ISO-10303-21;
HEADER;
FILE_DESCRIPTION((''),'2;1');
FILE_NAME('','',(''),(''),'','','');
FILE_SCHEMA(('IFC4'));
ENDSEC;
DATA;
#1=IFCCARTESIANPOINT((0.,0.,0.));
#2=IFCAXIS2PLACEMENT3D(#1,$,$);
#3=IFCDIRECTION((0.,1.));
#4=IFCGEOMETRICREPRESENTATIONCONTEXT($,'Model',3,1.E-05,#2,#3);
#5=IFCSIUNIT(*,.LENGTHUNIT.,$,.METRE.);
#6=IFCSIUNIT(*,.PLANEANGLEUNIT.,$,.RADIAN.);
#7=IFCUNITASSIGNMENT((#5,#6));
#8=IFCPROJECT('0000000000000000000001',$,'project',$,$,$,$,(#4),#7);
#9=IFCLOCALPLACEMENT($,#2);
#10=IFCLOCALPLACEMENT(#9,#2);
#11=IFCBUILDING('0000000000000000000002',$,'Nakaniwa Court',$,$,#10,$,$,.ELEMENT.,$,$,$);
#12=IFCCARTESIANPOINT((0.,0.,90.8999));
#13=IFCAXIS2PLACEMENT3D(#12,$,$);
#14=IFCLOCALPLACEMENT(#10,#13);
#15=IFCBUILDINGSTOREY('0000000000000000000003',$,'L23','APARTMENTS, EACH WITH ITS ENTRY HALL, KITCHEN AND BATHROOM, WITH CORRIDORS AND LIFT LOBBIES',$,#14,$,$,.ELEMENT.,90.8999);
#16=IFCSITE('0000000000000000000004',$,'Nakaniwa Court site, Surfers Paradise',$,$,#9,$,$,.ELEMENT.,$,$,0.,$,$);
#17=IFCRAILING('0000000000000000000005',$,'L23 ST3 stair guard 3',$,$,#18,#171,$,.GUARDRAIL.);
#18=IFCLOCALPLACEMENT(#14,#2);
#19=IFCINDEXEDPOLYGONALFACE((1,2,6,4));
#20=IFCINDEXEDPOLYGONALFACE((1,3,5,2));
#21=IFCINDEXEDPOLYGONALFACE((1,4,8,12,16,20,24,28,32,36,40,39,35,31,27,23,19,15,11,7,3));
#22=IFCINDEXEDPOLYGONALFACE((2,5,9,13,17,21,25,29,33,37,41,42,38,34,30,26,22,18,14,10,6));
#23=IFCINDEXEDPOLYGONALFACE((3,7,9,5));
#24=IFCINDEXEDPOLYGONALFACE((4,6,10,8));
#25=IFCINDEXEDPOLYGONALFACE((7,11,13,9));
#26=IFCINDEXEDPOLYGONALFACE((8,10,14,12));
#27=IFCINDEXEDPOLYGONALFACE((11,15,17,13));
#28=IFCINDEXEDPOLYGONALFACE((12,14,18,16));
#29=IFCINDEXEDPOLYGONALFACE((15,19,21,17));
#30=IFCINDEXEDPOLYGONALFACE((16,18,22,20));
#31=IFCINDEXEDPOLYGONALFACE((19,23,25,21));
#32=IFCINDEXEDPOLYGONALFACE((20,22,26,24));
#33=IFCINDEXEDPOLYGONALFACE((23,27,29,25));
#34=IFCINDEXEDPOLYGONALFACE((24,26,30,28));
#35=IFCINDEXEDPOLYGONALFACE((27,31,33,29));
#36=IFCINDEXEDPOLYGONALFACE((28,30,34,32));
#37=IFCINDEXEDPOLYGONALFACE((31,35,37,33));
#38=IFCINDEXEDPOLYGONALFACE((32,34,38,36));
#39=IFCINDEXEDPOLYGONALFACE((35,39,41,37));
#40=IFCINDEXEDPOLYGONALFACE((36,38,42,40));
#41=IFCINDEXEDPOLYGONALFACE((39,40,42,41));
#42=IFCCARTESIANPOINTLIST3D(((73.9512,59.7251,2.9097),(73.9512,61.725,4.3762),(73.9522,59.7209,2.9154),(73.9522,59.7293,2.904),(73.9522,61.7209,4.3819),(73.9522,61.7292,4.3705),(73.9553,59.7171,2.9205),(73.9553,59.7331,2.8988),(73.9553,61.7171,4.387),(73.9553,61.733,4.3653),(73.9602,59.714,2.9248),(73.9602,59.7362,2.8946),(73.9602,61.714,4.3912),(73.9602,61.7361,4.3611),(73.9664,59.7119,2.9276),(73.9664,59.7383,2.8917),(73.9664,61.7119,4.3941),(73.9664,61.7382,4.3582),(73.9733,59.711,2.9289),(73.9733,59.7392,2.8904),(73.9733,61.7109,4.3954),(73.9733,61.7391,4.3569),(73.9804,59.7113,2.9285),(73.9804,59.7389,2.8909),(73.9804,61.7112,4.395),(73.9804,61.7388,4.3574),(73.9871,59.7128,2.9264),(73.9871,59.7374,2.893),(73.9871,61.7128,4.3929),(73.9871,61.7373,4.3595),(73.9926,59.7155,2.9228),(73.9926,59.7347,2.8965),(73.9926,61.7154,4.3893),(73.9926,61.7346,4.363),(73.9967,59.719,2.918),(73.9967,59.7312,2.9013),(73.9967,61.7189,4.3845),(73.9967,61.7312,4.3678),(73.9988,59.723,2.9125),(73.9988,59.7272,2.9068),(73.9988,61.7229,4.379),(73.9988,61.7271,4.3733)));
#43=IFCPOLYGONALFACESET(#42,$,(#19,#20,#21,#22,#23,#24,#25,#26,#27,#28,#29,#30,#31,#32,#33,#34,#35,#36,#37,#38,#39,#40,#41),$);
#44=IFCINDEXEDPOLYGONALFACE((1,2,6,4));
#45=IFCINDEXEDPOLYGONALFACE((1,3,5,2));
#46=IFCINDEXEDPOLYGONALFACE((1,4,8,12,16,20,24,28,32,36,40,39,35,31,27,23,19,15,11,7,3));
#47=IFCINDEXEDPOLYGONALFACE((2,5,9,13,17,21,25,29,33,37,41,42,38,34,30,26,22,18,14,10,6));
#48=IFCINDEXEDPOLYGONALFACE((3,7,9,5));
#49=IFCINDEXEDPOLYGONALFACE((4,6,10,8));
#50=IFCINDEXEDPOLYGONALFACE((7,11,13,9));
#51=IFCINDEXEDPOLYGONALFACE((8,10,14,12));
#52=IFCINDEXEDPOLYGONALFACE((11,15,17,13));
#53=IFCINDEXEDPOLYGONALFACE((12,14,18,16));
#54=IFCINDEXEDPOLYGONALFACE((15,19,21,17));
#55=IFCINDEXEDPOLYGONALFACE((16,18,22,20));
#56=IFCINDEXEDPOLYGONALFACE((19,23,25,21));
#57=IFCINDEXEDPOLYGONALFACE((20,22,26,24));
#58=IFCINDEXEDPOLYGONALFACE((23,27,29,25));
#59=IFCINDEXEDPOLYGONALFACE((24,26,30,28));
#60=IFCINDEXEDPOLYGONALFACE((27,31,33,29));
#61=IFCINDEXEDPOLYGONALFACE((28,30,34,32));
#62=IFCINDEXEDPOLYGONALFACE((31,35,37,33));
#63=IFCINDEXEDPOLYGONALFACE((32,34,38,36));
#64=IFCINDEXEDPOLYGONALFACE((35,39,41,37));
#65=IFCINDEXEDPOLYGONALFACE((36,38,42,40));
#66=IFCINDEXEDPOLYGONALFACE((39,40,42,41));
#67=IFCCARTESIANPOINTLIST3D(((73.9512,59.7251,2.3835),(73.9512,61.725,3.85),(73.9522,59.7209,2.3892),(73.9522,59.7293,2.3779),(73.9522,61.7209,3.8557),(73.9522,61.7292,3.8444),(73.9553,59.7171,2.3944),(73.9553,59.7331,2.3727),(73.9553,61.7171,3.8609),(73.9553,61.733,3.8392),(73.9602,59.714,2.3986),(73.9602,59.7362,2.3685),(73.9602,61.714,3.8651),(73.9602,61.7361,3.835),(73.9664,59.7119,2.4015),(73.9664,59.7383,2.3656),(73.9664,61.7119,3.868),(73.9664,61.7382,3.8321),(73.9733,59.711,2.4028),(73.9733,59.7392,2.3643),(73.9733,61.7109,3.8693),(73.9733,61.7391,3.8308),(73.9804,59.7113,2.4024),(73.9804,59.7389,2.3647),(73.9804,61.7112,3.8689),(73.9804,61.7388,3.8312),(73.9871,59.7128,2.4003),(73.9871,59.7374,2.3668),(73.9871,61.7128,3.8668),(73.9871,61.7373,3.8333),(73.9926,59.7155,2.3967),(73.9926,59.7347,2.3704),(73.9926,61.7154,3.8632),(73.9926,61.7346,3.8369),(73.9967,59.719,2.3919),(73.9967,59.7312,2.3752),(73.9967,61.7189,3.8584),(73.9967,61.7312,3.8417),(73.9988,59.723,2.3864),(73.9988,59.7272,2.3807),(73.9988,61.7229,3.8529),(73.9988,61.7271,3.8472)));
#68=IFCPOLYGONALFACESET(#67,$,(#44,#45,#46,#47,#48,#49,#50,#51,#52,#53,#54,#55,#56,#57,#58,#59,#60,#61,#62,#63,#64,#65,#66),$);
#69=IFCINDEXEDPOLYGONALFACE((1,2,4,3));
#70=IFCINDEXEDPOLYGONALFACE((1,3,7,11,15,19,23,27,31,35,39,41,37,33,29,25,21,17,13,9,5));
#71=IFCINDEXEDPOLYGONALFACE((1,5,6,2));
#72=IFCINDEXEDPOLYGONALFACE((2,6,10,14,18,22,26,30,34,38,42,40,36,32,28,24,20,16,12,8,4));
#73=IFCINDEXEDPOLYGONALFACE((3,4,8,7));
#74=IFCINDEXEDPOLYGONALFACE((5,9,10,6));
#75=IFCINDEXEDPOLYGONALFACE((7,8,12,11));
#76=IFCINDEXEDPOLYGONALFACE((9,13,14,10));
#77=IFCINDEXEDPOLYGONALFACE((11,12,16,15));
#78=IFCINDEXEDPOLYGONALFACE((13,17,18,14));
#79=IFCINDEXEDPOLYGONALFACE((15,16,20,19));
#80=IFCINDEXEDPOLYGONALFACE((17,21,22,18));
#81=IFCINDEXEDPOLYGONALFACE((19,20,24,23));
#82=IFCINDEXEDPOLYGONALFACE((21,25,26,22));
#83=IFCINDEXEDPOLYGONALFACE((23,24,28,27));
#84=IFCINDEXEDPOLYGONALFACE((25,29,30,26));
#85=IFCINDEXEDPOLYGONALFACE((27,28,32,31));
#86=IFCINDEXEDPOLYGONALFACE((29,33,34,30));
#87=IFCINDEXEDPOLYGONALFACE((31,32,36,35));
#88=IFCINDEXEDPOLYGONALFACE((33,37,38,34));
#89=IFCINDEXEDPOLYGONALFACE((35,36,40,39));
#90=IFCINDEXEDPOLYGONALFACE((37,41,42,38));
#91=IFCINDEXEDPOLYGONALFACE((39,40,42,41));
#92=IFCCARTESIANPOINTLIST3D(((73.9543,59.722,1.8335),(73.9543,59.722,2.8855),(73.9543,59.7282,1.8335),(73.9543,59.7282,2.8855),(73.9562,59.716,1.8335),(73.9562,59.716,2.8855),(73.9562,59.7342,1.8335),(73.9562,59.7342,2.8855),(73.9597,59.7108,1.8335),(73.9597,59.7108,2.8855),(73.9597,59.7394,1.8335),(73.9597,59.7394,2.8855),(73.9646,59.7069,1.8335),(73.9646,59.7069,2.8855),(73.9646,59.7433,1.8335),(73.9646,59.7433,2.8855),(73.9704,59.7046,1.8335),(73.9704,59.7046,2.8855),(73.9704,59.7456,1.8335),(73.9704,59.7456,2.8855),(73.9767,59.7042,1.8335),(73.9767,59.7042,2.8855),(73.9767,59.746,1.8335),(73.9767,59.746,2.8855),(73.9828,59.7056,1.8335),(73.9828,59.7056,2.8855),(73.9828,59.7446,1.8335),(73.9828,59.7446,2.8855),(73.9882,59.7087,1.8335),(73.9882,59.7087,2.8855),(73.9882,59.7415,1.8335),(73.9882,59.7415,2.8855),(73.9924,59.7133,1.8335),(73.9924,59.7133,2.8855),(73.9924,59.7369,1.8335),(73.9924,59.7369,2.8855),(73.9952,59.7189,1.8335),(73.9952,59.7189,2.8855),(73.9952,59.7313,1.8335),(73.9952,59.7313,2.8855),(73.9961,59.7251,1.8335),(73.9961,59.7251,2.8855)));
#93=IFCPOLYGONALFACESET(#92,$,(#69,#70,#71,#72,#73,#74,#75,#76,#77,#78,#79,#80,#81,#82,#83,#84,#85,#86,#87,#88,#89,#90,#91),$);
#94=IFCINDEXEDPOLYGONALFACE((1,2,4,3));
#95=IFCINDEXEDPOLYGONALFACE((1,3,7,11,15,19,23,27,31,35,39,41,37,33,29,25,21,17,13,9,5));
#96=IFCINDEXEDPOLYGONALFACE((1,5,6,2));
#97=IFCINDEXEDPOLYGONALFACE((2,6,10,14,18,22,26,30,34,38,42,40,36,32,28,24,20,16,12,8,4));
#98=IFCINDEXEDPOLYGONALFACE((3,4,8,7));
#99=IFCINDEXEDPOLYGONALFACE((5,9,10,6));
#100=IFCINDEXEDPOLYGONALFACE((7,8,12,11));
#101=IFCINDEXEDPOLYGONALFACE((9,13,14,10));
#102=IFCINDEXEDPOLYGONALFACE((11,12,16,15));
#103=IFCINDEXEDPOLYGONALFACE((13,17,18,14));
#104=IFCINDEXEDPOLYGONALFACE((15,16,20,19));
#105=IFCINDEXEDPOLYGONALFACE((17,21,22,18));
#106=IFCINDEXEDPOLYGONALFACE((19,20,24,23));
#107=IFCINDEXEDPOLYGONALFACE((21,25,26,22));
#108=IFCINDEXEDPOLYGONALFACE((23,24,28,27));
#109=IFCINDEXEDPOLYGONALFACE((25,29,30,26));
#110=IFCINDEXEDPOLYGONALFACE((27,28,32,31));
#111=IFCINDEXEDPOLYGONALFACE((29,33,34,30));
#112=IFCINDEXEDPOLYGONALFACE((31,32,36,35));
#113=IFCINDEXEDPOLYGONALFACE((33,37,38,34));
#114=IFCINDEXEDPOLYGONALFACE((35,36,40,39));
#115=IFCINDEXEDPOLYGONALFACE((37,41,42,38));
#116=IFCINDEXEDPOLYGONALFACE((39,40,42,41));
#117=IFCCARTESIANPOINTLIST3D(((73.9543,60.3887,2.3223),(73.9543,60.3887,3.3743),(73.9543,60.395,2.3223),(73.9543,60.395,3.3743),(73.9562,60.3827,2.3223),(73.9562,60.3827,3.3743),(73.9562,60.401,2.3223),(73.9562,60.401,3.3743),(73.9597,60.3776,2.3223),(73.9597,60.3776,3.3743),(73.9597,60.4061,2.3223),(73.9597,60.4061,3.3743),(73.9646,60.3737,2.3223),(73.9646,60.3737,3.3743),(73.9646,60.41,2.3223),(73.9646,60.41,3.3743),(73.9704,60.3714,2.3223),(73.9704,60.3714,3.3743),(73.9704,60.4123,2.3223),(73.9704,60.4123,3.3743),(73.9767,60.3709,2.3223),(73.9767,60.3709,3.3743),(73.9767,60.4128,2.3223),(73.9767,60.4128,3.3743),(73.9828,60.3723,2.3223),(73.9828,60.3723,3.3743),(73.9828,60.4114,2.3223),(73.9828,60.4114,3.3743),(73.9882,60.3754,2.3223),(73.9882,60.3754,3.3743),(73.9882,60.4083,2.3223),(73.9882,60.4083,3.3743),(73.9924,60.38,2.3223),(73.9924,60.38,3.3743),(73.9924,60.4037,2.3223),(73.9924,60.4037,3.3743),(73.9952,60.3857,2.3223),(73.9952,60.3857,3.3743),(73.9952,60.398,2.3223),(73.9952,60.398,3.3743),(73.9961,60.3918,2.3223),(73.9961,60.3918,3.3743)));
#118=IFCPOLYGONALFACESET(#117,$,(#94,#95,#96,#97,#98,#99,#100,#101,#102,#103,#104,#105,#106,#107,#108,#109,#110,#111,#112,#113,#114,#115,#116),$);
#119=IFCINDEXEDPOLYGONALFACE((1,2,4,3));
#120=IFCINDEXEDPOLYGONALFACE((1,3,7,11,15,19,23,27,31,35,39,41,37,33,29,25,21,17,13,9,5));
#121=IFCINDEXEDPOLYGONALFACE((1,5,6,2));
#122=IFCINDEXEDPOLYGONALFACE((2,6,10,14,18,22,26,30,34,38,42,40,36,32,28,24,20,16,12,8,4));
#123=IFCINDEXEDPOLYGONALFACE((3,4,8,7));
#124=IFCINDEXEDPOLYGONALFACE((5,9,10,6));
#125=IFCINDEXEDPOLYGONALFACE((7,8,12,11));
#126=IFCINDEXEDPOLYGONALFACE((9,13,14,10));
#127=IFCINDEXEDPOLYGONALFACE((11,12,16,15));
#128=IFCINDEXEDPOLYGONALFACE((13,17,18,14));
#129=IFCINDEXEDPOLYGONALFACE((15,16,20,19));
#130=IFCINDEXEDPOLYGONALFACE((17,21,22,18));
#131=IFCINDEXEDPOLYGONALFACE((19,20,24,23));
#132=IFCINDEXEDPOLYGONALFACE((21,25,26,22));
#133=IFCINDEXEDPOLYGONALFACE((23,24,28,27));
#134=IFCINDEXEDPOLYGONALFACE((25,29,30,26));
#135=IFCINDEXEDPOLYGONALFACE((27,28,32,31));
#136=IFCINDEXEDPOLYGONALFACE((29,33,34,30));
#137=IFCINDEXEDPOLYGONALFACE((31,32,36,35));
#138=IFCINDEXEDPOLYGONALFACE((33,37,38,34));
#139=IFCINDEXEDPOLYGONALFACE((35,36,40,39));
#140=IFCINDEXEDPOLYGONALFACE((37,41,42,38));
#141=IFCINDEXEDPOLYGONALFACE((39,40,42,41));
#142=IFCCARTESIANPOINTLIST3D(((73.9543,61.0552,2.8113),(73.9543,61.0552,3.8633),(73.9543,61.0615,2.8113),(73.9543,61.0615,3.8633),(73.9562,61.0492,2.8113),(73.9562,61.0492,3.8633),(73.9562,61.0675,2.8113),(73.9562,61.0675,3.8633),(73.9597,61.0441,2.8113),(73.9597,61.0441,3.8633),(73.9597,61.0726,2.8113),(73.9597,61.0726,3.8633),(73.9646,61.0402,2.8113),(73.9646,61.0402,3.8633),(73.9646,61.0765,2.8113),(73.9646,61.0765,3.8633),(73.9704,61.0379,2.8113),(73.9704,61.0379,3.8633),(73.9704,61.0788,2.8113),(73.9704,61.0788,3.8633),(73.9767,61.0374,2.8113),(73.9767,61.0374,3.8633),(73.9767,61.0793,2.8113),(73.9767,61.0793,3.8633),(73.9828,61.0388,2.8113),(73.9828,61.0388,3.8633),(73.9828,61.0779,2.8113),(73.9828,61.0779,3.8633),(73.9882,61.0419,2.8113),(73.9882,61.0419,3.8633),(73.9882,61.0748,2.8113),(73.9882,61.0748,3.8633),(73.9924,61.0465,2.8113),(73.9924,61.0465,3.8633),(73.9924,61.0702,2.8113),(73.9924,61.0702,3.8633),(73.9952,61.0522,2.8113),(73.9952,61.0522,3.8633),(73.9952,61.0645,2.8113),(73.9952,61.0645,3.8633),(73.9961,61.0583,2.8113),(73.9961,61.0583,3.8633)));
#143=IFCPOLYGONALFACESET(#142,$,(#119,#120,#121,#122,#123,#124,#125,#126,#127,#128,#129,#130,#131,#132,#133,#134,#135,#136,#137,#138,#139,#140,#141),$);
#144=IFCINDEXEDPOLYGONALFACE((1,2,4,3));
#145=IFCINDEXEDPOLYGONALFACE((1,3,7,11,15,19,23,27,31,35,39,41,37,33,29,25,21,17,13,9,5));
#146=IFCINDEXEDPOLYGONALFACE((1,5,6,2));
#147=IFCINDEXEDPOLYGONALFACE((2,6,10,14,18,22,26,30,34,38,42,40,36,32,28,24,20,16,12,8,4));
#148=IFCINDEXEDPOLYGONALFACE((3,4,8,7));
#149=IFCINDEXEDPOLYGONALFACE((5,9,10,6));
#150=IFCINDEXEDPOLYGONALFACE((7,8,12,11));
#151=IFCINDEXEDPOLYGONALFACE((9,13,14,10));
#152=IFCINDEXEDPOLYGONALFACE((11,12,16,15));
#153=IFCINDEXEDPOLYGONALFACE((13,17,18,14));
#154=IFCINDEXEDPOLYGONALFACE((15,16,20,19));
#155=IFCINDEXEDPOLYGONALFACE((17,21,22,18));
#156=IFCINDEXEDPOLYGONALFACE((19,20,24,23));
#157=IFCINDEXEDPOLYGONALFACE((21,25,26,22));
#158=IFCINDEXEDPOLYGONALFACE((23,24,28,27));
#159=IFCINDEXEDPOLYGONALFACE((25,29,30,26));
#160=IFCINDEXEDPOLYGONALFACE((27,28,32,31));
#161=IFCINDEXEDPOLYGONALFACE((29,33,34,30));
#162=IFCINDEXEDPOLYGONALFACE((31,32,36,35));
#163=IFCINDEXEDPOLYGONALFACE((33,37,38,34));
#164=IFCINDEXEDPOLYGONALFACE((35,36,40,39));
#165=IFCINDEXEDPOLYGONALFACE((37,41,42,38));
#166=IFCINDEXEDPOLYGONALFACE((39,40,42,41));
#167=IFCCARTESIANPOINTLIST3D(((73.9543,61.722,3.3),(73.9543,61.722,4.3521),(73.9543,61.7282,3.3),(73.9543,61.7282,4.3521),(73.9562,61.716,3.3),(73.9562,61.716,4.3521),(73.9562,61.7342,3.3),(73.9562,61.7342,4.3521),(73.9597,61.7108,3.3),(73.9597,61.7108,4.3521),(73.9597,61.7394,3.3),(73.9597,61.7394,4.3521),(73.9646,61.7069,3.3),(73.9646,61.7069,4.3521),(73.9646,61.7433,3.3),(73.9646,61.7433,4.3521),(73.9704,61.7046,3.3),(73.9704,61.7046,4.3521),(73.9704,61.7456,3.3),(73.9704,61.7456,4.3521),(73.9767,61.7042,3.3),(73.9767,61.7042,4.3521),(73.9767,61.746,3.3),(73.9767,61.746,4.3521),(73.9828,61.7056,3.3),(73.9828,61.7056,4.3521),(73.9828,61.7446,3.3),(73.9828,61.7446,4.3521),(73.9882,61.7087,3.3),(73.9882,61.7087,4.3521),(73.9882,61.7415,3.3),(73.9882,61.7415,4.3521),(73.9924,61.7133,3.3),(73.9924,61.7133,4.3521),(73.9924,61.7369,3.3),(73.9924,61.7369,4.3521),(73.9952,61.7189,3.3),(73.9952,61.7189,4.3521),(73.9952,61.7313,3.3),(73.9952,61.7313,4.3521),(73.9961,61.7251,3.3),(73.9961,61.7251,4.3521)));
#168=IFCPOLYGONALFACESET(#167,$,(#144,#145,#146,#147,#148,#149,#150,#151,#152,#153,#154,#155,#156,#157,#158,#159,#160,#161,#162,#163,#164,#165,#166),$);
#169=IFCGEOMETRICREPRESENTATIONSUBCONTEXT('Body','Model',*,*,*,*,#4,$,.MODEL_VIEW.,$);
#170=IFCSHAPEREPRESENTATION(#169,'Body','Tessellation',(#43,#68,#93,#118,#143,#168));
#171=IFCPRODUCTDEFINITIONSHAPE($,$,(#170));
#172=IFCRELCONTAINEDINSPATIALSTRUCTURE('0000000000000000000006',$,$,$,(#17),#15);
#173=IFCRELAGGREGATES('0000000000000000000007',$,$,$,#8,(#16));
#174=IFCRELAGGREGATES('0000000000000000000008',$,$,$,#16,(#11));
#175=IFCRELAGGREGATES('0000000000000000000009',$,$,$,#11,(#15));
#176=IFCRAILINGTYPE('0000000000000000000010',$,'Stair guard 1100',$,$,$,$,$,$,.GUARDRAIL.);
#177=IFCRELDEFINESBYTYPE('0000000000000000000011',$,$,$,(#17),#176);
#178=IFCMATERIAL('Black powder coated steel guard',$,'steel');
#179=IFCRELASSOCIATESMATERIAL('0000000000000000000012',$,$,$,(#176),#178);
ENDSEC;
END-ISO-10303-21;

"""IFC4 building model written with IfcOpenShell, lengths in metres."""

from ifc_helpers import new_model, si_unit, direction, frame, origin, origin_2d, place, context, subcontext, project, spatial, circle, extrude, material, type_object, element, save


model = new_model("IFC4")

# Units and contexts
model_context = context("Model", 3, precision=1e-05, world=origin(), true_north=direction((0.0, 1.0)))
body_context = subcontext(model_context, "Body", "Model", "MODEL_VIEW")
ifc_project = project(units=[si_unit("LENGTHUNIT", "METRE"), si_unit("PLANEANGLEUNIT", "RADIAN")], contexts=[model_context])

# Site, building, storey
site_placement = place(None, origin())
site = spatial("IfcSite", under=ifc_project, at=site_placement, Name="Nakaniwa Court site, Surfers Paradise", CompositionType="ELEMENT", RefElevation=0.0)
building_placement = place(site_placement, origin())
building = spatial("IfcBuilding", under=site, at=building_placement, Name="Nakaniwa Court", CompositionType="ELEMENT")
storey_placement = place(building_placement, frame((0.0, 0.0, 90.8999)))
storey = spatial("IfcBuildingStorey", under=building, at=storey_placement, Name="L23", Description="APARTMENTS, EACH WITH ITS ENTRY HALL, KITCHEN AND BATHROOM, WITH CORRIDORS AND LIFT LOBBIES", CompositionType="ELEMENT", Elevation=90.8999)

# Railing
ifc_material_1 = material(Name="Black powder coated steel guard", Category="steel")
railing_type_1 = type_object("IfcRailingType", Name="Stair guard 1100", PredefinedType="GUARDRAIL", material=ifc_material_1)
railing_1_placement = place(storey_placement, frame((73.9751, 59.7251, 1.8335)))
element("IfcRailing", 1, at=railing_1_placement, inside=storey, type_object=railing_type_1, Name="L23 ST3 stair guard 3", PredefinedType="GUARDRAIL", context=body_context, shape_type="SweptSolid", body=[
    extrude(circle(Radius=0.0239, at=origin_2d()), frame((0.0, 0.0, 1.0762), z_axis=(0.0, 0.806427, 0.591334), x_axis=(-1.0, 0.0, 0.0)), (0.0, 0.0, 1.0), 2.48),
    extrude(circle(Radius=0.0239, at=origin_2d()), frame((0.0, 0.0, 0.55), z_axis=(0.0, 0.806427, 0.591334), x_axis=(-1.0, 0.0, 0.0)), (0.0, 0.0, 1.0), 2.48),
    extrude(circle(Radius=0.021, at=origin_2d()), origin(), (0.0, 0.0, 1.0), 1.052),
    extrude(circle(Radius=0.021, at=origin_2d()), frame((0.0, 0.6667, 0.4888)), (0.0, 0.0, 1.0), 1.052),
    extrude(circle(Radius=0.021, at=origin_2d()), frame((0.0, 1.3333, 0.9778)), (0.0, 0.0, 1.0), 1.052),
    extrude(circle(Radius=0.021, at=origin_2d()), frame((0.0, 2.0, 1.4666)), (0.0, 0.0, 1.0), 1.052),
])

save(model, "model.ifc")
